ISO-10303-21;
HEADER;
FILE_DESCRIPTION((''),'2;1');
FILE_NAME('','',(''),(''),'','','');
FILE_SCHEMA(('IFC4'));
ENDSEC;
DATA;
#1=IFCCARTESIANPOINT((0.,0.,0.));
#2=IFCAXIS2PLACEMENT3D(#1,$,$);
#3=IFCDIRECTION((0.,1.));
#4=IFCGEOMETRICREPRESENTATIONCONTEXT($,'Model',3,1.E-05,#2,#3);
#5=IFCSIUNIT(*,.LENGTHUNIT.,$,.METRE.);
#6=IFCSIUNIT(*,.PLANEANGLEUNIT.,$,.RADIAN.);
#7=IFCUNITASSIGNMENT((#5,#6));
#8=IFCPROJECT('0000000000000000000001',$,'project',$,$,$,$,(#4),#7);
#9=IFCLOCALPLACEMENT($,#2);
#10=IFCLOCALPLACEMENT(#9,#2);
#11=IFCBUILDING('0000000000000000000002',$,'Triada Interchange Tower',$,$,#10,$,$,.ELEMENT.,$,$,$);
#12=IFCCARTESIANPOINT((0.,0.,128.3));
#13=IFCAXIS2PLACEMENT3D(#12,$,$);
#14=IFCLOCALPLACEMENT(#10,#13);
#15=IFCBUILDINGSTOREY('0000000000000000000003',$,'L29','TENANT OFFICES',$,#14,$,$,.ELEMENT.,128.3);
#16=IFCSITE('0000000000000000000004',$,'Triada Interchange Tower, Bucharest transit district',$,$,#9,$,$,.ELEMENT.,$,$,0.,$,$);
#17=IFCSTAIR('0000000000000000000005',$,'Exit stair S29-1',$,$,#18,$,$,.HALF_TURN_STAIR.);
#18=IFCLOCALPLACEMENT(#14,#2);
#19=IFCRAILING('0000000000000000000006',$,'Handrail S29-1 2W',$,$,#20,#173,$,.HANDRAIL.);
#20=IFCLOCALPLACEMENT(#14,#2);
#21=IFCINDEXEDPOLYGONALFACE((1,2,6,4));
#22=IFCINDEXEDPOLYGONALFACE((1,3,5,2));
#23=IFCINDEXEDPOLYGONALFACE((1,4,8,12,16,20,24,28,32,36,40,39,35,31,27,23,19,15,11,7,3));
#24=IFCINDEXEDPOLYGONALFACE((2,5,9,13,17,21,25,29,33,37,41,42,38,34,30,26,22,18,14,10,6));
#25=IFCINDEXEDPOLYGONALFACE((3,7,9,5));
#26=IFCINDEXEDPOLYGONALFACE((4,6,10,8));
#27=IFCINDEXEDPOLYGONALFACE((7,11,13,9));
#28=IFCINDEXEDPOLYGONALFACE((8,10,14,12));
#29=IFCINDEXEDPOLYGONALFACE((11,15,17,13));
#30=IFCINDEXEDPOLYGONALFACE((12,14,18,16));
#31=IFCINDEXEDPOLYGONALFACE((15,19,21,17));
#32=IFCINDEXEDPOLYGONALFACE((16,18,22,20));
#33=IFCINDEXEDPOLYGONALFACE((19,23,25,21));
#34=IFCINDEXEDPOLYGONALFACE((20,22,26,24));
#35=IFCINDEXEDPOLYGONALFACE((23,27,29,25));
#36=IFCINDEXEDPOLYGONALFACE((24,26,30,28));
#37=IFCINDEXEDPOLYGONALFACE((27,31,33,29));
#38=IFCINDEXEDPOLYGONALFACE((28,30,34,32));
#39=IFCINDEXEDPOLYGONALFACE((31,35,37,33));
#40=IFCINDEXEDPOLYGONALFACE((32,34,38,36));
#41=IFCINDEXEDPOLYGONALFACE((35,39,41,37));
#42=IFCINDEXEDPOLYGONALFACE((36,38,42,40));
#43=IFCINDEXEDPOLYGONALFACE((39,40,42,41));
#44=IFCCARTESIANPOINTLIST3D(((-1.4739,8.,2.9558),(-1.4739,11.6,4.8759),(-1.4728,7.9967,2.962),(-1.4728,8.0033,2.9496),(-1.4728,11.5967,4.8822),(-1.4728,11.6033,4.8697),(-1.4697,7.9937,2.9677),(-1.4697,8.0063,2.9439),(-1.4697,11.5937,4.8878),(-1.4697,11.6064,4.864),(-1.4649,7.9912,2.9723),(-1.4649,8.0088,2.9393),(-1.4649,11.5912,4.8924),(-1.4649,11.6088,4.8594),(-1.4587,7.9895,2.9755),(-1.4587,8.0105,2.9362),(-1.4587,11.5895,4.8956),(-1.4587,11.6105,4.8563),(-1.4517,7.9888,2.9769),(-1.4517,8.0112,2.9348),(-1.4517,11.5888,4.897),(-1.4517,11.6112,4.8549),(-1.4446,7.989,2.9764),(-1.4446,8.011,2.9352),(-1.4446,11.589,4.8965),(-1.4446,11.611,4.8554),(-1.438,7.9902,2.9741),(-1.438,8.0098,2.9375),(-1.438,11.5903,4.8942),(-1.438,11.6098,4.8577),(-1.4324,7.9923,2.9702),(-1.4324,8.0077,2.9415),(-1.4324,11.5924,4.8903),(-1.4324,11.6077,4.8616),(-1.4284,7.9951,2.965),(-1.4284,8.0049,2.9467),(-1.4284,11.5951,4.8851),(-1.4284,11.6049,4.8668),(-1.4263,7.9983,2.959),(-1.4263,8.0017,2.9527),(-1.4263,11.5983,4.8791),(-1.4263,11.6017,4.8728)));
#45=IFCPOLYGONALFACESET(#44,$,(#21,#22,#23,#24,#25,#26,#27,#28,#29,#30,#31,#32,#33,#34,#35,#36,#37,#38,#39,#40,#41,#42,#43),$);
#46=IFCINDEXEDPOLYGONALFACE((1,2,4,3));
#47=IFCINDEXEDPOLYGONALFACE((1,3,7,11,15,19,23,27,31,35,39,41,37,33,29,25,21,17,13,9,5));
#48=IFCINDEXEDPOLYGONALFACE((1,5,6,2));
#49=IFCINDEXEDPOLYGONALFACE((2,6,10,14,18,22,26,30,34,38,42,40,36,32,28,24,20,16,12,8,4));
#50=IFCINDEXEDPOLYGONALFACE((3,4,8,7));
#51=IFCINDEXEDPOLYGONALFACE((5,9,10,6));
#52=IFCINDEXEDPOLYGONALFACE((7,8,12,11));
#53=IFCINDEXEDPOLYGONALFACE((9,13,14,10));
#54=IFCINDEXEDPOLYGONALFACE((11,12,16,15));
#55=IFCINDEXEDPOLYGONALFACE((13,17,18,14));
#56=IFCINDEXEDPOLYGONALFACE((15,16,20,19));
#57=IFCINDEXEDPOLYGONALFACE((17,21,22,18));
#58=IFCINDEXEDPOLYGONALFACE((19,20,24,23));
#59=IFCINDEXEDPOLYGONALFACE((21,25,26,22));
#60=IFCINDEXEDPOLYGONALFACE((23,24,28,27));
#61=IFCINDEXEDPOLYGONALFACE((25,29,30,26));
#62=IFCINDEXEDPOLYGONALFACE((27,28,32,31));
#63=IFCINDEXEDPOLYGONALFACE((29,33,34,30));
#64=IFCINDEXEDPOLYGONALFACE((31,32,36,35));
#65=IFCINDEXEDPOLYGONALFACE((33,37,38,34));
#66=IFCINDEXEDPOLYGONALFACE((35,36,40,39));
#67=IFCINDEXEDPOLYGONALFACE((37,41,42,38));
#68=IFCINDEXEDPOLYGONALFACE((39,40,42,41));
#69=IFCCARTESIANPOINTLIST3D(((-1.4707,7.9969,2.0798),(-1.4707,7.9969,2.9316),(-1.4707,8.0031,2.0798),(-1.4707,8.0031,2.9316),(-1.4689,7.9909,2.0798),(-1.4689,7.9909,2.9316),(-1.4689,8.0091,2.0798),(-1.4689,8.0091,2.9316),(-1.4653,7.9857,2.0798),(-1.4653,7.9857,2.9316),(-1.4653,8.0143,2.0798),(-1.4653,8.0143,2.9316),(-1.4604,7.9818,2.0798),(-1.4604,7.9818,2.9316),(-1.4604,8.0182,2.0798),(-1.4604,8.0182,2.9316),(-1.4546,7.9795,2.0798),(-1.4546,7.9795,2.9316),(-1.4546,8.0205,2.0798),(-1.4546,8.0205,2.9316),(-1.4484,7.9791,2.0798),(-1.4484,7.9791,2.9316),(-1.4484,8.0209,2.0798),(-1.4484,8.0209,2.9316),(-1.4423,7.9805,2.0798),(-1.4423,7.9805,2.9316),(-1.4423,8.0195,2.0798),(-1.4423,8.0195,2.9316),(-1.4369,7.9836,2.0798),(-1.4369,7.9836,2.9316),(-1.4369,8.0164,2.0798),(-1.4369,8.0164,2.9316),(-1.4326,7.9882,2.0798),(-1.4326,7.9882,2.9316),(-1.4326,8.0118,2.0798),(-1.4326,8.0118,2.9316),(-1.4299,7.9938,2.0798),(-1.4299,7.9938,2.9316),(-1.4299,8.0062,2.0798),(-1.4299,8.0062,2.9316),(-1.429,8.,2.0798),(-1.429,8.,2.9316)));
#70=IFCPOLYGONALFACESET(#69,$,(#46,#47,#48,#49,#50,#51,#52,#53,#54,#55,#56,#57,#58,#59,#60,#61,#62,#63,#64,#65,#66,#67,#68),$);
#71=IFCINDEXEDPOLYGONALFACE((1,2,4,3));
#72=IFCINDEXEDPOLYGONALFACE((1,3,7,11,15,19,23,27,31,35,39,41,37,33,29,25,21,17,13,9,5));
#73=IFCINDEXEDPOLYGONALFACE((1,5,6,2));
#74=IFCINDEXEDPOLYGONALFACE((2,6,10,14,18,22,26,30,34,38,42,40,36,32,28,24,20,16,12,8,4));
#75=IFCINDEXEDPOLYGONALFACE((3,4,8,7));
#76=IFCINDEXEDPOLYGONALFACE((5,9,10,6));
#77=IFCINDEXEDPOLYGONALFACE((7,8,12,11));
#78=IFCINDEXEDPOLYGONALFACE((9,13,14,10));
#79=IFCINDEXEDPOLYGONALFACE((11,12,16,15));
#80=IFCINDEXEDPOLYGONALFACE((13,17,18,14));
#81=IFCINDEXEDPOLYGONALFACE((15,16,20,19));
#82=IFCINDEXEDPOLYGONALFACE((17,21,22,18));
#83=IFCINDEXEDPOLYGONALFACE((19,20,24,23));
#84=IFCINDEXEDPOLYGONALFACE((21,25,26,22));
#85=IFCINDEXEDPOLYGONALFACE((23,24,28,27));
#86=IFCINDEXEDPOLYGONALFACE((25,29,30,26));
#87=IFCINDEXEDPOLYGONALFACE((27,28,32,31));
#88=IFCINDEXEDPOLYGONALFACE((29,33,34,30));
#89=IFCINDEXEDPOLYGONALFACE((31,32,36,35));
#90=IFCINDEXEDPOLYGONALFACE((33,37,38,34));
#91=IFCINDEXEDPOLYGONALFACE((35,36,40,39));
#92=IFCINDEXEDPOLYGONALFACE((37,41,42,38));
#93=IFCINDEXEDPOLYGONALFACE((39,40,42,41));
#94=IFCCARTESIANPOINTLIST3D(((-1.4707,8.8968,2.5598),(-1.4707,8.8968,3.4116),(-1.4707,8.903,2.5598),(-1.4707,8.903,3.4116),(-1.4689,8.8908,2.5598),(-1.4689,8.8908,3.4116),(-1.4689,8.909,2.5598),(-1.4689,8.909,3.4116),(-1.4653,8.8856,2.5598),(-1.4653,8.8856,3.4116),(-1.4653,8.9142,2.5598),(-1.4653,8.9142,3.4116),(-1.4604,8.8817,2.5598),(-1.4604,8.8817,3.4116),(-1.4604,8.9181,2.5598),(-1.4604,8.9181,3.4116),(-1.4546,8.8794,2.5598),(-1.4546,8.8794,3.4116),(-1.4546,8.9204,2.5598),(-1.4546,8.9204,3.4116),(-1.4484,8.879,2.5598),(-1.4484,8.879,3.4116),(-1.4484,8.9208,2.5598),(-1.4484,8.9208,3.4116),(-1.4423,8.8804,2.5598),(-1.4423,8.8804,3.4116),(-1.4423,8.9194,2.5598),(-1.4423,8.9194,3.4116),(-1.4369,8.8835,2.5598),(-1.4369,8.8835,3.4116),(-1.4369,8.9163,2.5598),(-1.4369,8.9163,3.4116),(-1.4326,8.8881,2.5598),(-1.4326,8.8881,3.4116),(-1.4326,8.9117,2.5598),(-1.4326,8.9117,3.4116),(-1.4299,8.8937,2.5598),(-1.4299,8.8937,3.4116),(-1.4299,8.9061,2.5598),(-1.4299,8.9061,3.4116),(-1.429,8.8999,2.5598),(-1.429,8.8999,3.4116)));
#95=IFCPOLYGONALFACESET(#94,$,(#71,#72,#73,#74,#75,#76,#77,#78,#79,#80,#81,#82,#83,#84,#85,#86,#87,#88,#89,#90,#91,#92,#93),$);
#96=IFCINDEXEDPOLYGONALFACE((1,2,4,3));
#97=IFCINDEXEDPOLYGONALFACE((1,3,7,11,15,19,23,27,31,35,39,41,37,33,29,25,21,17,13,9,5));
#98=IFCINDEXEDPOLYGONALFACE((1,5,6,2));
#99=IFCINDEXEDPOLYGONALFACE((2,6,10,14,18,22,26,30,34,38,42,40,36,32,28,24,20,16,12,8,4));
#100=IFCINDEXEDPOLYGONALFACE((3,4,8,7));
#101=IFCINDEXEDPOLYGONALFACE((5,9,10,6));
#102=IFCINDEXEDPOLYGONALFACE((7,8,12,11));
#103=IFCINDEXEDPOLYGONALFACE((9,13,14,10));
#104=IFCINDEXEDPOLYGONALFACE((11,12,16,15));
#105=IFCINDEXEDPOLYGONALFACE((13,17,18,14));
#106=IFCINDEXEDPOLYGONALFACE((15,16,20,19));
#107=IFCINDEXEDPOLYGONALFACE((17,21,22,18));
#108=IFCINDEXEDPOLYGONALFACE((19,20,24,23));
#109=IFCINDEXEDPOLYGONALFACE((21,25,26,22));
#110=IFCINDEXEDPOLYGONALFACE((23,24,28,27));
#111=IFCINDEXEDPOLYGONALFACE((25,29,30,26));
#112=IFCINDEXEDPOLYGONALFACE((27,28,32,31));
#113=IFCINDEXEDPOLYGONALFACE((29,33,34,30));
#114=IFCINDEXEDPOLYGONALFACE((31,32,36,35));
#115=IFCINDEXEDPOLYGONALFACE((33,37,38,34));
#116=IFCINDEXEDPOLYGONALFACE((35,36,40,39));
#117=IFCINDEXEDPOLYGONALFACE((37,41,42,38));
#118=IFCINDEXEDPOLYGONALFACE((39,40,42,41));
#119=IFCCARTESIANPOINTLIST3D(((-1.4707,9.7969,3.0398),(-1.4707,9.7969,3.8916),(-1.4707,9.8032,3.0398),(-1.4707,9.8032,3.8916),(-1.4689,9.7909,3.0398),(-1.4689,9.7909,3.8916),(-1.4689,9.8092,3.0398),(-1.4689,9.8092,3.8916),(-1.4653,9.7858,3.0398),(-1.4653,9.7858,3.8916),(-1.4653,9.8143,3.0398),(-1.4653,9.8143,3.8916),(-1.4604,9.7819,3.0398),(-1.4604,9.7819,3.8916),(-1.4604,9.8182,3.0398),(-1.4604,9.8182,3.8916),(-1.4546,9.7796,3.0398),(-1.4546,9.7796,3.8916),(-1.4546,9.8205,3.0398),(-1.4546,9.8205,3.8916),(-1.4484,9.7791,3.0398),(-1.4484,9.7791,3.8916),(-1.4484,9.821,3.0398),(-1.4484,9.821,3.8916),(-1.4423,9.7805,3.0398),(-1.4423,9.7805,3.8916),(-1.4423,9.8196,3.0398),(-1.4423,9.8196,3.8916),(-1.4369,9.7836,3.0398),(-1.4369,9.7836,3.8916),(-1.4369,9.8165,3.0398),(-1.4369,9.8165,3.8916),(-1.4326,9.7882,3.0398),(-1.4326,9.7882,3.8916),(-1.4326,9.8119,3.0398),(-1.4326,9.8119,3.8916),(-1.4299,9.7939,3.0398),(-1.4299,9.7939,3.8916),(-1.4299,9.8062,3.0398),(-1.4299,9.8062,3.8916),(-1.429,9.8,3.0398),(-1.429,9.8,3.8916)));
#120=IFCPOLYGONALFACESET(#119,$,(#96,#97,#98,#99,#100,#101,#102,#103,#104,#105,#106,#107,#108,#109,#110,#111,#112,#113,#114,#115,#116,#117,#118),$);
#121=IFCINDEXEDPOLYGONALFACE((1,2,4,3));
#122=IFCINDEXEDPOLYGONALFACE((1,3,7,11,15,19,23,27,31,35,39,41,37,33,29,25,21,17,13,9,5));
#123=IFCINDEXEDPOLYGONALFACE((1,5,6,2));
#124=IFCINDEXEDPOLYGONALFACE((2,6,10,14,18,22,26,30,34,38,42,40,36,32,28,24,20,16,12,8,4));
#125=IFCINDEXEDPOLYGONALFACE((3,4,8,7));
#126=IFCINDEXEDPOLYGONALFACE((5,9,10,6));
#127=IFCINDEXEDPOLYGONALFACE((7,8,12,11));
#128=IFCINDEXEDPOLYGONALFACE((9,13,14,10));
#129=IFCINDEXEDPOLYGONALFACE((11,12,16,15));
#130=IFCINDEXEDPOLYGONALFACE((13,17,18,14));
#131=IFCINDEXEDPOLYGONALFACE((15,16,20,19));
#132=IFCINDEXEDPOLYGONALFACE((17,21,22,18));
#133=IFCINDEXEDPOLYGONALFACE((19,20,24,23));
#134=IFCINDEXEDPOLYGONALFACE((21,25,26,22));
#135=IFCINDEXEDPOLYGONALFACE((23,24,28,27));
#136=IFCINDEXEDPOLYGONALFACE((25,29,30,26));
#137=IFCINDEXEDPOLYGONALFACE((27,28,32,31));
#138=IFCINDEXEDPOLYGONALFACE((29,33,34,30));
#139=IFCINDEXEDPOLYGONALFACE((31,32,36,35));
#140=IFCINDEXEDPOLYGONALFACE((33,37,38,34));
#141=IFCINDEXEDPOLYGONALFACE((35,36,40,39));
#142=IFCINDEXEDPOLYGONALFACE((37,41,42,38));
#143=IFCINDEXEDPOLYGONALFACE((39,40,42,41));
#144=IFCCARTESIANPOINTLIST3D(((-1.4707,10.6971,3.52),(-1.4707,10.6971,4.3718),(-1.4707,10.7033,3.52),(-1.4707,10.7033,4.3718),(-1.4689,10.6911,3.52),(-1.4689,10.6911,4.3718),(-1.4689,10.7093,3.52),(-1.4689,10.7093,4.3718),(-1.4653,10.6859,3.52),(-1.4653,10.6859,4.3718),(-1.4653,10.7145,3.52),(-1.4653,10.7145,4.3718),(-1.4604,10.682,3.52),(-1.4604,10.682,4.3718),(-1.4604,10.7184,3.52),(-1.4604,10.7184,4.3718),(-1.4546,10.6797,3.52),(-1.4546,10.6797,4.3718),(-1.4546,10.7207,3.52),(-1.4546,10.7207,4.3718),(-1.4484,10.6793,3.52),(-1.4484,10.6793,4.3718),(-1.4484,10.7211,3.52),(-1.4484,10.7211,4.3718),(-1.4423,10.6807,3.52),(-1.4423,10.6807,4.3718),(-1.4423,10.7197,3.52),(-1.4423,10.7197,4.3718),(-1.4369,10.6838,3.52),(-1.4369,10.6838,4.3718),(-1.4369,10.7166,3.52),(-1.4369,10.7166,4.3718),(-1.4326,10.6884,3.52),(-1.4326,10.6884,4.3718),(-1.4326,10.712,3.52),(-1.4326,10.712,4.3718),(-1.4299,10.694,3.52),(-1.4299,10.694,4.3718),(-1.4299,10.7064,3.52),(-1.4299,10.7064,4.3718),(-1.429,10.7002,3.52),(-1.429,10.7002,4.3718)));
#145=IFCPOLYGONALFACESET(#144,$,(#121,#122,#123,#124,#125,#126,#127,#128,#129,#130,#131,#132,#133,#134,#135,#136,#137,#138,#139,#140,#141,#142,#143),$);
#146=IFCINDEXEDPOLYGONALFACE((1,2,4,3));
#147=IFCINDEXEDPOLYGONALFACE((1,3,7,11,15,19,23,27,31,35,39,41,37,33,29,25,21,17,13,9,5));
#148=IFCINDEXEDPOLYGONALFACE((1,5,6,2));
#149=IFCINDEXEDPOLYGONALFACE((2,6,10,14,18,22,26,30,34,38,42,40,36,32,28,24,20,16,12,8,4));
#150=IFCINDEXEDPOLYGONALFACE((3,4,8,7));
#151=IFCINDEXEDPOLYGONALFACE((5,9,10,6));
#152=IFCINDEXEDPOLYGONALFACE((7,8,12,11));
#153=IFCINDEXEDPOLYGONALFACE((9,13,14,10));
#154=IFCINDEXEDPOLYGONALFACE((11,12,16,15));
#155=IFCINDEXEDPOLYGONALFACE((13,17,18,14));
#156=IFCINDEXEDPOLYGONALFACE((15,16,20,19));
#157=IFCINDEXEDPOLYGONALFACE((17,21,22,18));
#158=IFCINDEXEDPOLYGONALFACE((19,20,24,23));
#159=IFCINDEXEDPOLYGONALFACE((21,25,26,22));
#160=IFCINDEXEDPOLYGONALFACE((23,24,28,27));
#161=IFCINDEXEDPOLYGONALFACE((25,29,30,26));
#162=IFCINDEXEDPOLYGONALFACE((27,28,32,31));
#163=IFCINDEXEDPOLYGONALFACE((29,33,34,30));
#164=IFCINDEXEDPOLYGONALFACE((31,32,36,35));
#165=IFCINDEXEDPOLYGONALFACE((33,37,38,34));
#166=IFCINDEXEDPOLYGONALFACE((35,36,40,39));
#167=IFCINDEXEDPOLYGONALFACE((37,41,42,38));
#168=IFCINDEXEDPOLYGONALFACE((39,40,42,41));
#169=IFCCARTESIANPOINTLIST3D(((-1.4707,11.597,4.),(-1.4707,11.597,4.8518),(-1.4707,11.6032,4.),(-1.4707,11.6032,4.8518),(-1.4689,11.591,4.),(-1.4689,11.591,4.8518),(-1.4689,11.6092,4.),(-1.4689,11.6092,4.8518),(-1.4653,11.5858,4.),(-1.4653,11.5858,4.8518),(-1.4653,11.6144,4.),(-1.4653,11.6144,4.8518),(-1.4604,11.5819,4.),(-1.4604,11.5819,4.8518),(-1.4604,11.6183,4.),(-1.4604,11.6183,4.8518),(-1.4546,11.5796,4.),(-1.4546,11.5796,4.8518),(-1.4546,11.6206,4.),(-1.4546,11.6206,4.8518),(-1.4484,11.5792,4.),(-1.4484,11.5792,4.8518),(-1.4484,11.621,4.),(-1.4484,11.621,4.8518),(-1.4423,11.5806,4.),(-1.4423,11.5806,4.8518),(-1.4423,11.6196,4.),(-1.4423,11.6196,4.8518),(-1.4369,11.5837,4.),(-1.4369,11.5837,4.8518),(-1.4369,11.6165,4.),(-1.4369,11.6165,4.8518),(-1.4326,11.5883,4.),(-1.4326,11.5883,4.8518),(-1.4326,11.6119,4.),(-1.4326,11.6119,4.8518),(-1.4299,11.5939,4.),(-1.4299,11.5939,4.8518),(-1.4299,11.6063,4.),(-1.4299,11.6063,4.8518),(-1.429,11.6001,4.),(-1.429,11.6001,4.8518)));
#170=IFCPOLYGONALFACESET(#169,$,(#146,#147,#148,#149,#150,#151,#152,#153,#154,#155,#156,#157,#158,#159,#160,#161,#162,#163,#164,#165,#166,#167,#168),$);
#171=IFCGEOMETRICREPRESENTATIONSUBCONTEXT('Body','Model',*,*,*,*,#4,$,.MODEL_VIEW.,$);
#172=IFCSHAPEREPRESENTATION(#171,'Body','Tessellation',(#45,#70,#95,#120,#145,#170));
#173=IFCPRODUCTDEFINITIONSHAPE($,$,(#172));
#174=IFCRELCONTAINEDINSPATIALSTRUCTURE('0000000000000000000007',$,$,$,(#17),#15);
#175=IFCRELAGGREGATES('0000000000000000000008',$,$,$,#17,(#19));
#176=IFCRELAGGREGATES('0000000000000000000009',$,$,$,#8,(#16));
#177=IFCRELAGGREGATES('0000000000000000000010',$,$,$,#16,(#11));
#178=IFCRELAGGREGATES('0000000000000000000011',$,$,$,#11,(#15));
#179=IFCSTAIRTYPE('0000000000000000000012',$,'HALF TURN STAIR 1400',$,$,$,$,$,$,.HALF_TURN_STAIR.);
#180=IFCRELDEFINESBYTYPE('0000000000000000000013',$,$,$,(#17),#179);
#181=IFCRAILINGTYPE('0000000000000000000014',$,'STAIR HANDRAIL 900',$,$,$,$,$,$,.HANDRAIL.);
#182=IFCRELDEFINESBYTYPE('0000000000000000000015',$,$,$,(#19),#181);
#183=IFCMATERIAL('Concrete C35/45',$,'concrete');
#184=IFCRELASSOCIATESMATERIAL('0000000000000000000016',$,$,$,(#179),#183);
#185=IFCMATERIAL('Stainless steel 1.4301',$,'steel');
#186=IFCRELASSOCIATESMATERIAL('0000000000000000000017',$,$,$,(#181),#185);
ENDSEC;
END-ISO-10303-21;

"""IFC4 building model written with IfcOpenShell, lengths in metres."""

from ifc_helpers import new_model, si_unit, direction, frame, origin, origin_2d, place, context, subcontext, project, spatial, circle, extrude, material, type_object, element, aggregate, save


model = new_model("IFC4")

# Units and contexts
model_context = context("Model", 3, precision=1e-05, world=origin(), true_north=direction((0.0, 1.0)))
body_context = subcontext(model_context, "Body", "Model", "MODEL_VIEW")
ifc_project = project(units=[si_unit("LENGTHUNIT", "METRE"), si_unit("PLANEANGLEUNIT", "RADIAN")], contexts=[model_context])

# Site, building, storey
site_placement = place(None, origin())
site = spatial("IfcSite", under=ifc_project, at=site_placement, Name="Triada Interchange Tower, Bucharest transit district", CompositionType="ELEMENT", RefElevation=0.0)
building_placement = place(site_placement, origin())
building = spatial("IfcBuilding", under=site, at=building_placement, Name="Triada Interchange Tower", CompositionType="ELEMENT")
storey_placement = place(building_placement, frame((0.0, 0.0, 128.3)))
storey = spatial("IfcBuildingStorey", under=building, at=storey_placement, Name="L29", Description="TENANT OFFICES", CompositionType="ELEMENT", Elevation=128.3)

# Stair, railing
ifc_material_1 = material(Name="Concrete C35/45", Category="concrete")
stair_type = type_object("IfcStairType", Name="HALF TURN STAIR 1400", PredefinedType="HALF_TURN_STAIR", material=ifc_material_1)
stair_placement = place(storey_placement, origin())
stair = element("IfcStair", 1, at=stair_placement, inside=storey, type_object=stair_type, Name="Exit stair S29-1", PredefinedType="HALF_TURN_STAIR")
ifc_material_2 = material(Name="Stainless steel 1.4301", Category="steel")
railing_type = type_object("IfcRailingType", Name="STAIR HANDRAIL 900", PredefinedType="HANDRAIL", material=ifc_material_2)
railing_1_placement = place(storey_placement, frame((-1.45, 8.0, 2.0798)))
railing_1 = element("IfcRailing", 2, at=railing_1_placement, type_object=railing_type, Name="Handrail S29-1 2W", PredefinedType="HANDRAIL", context=body_context, shape_type="SweptSolid", body=[
    extrude(circle(Radius=0.0239, at=origin_2d()), frame((0.0, 0.0, 0.876), z_axis=(0.0, 0.882341, 0.47061), x_axis=(-1.0, 0.0, 0.0)), (0.0, 0.0, 1.0), 4.0801),
    extrude(circle(Radius=0.021, at=origin_2d()), origin(), (0.0, 0.0, 1.0), 0.8518),
    extrude(circle(Radius=0.021, at=origin_2d()), frame((0.0, 0.8999, 0.48)), (0.0, 0.0, 1.0), 0.8518),
    extrude(circle(Radius=0.021, at=origin_2d()), frame((0.0, 1.8, 0.96)), (0.0, 0.0, 1.0), 0.8518),
    extrude(circle(Radius=0.021, at=origin_2d()), frame((0.0, 2.7002, 1.4402)), (0.0, 0.0, 1.0), 0.8518),
    extrude(circle(Radius=0.021, at=origin_2d()), frame((0.0, 3.6001, 1.9202)), (0.0, 0.0, 1.0), 0.8518),
])
aggregate(stair, [railing_1])

save(model, "model.ifc")
